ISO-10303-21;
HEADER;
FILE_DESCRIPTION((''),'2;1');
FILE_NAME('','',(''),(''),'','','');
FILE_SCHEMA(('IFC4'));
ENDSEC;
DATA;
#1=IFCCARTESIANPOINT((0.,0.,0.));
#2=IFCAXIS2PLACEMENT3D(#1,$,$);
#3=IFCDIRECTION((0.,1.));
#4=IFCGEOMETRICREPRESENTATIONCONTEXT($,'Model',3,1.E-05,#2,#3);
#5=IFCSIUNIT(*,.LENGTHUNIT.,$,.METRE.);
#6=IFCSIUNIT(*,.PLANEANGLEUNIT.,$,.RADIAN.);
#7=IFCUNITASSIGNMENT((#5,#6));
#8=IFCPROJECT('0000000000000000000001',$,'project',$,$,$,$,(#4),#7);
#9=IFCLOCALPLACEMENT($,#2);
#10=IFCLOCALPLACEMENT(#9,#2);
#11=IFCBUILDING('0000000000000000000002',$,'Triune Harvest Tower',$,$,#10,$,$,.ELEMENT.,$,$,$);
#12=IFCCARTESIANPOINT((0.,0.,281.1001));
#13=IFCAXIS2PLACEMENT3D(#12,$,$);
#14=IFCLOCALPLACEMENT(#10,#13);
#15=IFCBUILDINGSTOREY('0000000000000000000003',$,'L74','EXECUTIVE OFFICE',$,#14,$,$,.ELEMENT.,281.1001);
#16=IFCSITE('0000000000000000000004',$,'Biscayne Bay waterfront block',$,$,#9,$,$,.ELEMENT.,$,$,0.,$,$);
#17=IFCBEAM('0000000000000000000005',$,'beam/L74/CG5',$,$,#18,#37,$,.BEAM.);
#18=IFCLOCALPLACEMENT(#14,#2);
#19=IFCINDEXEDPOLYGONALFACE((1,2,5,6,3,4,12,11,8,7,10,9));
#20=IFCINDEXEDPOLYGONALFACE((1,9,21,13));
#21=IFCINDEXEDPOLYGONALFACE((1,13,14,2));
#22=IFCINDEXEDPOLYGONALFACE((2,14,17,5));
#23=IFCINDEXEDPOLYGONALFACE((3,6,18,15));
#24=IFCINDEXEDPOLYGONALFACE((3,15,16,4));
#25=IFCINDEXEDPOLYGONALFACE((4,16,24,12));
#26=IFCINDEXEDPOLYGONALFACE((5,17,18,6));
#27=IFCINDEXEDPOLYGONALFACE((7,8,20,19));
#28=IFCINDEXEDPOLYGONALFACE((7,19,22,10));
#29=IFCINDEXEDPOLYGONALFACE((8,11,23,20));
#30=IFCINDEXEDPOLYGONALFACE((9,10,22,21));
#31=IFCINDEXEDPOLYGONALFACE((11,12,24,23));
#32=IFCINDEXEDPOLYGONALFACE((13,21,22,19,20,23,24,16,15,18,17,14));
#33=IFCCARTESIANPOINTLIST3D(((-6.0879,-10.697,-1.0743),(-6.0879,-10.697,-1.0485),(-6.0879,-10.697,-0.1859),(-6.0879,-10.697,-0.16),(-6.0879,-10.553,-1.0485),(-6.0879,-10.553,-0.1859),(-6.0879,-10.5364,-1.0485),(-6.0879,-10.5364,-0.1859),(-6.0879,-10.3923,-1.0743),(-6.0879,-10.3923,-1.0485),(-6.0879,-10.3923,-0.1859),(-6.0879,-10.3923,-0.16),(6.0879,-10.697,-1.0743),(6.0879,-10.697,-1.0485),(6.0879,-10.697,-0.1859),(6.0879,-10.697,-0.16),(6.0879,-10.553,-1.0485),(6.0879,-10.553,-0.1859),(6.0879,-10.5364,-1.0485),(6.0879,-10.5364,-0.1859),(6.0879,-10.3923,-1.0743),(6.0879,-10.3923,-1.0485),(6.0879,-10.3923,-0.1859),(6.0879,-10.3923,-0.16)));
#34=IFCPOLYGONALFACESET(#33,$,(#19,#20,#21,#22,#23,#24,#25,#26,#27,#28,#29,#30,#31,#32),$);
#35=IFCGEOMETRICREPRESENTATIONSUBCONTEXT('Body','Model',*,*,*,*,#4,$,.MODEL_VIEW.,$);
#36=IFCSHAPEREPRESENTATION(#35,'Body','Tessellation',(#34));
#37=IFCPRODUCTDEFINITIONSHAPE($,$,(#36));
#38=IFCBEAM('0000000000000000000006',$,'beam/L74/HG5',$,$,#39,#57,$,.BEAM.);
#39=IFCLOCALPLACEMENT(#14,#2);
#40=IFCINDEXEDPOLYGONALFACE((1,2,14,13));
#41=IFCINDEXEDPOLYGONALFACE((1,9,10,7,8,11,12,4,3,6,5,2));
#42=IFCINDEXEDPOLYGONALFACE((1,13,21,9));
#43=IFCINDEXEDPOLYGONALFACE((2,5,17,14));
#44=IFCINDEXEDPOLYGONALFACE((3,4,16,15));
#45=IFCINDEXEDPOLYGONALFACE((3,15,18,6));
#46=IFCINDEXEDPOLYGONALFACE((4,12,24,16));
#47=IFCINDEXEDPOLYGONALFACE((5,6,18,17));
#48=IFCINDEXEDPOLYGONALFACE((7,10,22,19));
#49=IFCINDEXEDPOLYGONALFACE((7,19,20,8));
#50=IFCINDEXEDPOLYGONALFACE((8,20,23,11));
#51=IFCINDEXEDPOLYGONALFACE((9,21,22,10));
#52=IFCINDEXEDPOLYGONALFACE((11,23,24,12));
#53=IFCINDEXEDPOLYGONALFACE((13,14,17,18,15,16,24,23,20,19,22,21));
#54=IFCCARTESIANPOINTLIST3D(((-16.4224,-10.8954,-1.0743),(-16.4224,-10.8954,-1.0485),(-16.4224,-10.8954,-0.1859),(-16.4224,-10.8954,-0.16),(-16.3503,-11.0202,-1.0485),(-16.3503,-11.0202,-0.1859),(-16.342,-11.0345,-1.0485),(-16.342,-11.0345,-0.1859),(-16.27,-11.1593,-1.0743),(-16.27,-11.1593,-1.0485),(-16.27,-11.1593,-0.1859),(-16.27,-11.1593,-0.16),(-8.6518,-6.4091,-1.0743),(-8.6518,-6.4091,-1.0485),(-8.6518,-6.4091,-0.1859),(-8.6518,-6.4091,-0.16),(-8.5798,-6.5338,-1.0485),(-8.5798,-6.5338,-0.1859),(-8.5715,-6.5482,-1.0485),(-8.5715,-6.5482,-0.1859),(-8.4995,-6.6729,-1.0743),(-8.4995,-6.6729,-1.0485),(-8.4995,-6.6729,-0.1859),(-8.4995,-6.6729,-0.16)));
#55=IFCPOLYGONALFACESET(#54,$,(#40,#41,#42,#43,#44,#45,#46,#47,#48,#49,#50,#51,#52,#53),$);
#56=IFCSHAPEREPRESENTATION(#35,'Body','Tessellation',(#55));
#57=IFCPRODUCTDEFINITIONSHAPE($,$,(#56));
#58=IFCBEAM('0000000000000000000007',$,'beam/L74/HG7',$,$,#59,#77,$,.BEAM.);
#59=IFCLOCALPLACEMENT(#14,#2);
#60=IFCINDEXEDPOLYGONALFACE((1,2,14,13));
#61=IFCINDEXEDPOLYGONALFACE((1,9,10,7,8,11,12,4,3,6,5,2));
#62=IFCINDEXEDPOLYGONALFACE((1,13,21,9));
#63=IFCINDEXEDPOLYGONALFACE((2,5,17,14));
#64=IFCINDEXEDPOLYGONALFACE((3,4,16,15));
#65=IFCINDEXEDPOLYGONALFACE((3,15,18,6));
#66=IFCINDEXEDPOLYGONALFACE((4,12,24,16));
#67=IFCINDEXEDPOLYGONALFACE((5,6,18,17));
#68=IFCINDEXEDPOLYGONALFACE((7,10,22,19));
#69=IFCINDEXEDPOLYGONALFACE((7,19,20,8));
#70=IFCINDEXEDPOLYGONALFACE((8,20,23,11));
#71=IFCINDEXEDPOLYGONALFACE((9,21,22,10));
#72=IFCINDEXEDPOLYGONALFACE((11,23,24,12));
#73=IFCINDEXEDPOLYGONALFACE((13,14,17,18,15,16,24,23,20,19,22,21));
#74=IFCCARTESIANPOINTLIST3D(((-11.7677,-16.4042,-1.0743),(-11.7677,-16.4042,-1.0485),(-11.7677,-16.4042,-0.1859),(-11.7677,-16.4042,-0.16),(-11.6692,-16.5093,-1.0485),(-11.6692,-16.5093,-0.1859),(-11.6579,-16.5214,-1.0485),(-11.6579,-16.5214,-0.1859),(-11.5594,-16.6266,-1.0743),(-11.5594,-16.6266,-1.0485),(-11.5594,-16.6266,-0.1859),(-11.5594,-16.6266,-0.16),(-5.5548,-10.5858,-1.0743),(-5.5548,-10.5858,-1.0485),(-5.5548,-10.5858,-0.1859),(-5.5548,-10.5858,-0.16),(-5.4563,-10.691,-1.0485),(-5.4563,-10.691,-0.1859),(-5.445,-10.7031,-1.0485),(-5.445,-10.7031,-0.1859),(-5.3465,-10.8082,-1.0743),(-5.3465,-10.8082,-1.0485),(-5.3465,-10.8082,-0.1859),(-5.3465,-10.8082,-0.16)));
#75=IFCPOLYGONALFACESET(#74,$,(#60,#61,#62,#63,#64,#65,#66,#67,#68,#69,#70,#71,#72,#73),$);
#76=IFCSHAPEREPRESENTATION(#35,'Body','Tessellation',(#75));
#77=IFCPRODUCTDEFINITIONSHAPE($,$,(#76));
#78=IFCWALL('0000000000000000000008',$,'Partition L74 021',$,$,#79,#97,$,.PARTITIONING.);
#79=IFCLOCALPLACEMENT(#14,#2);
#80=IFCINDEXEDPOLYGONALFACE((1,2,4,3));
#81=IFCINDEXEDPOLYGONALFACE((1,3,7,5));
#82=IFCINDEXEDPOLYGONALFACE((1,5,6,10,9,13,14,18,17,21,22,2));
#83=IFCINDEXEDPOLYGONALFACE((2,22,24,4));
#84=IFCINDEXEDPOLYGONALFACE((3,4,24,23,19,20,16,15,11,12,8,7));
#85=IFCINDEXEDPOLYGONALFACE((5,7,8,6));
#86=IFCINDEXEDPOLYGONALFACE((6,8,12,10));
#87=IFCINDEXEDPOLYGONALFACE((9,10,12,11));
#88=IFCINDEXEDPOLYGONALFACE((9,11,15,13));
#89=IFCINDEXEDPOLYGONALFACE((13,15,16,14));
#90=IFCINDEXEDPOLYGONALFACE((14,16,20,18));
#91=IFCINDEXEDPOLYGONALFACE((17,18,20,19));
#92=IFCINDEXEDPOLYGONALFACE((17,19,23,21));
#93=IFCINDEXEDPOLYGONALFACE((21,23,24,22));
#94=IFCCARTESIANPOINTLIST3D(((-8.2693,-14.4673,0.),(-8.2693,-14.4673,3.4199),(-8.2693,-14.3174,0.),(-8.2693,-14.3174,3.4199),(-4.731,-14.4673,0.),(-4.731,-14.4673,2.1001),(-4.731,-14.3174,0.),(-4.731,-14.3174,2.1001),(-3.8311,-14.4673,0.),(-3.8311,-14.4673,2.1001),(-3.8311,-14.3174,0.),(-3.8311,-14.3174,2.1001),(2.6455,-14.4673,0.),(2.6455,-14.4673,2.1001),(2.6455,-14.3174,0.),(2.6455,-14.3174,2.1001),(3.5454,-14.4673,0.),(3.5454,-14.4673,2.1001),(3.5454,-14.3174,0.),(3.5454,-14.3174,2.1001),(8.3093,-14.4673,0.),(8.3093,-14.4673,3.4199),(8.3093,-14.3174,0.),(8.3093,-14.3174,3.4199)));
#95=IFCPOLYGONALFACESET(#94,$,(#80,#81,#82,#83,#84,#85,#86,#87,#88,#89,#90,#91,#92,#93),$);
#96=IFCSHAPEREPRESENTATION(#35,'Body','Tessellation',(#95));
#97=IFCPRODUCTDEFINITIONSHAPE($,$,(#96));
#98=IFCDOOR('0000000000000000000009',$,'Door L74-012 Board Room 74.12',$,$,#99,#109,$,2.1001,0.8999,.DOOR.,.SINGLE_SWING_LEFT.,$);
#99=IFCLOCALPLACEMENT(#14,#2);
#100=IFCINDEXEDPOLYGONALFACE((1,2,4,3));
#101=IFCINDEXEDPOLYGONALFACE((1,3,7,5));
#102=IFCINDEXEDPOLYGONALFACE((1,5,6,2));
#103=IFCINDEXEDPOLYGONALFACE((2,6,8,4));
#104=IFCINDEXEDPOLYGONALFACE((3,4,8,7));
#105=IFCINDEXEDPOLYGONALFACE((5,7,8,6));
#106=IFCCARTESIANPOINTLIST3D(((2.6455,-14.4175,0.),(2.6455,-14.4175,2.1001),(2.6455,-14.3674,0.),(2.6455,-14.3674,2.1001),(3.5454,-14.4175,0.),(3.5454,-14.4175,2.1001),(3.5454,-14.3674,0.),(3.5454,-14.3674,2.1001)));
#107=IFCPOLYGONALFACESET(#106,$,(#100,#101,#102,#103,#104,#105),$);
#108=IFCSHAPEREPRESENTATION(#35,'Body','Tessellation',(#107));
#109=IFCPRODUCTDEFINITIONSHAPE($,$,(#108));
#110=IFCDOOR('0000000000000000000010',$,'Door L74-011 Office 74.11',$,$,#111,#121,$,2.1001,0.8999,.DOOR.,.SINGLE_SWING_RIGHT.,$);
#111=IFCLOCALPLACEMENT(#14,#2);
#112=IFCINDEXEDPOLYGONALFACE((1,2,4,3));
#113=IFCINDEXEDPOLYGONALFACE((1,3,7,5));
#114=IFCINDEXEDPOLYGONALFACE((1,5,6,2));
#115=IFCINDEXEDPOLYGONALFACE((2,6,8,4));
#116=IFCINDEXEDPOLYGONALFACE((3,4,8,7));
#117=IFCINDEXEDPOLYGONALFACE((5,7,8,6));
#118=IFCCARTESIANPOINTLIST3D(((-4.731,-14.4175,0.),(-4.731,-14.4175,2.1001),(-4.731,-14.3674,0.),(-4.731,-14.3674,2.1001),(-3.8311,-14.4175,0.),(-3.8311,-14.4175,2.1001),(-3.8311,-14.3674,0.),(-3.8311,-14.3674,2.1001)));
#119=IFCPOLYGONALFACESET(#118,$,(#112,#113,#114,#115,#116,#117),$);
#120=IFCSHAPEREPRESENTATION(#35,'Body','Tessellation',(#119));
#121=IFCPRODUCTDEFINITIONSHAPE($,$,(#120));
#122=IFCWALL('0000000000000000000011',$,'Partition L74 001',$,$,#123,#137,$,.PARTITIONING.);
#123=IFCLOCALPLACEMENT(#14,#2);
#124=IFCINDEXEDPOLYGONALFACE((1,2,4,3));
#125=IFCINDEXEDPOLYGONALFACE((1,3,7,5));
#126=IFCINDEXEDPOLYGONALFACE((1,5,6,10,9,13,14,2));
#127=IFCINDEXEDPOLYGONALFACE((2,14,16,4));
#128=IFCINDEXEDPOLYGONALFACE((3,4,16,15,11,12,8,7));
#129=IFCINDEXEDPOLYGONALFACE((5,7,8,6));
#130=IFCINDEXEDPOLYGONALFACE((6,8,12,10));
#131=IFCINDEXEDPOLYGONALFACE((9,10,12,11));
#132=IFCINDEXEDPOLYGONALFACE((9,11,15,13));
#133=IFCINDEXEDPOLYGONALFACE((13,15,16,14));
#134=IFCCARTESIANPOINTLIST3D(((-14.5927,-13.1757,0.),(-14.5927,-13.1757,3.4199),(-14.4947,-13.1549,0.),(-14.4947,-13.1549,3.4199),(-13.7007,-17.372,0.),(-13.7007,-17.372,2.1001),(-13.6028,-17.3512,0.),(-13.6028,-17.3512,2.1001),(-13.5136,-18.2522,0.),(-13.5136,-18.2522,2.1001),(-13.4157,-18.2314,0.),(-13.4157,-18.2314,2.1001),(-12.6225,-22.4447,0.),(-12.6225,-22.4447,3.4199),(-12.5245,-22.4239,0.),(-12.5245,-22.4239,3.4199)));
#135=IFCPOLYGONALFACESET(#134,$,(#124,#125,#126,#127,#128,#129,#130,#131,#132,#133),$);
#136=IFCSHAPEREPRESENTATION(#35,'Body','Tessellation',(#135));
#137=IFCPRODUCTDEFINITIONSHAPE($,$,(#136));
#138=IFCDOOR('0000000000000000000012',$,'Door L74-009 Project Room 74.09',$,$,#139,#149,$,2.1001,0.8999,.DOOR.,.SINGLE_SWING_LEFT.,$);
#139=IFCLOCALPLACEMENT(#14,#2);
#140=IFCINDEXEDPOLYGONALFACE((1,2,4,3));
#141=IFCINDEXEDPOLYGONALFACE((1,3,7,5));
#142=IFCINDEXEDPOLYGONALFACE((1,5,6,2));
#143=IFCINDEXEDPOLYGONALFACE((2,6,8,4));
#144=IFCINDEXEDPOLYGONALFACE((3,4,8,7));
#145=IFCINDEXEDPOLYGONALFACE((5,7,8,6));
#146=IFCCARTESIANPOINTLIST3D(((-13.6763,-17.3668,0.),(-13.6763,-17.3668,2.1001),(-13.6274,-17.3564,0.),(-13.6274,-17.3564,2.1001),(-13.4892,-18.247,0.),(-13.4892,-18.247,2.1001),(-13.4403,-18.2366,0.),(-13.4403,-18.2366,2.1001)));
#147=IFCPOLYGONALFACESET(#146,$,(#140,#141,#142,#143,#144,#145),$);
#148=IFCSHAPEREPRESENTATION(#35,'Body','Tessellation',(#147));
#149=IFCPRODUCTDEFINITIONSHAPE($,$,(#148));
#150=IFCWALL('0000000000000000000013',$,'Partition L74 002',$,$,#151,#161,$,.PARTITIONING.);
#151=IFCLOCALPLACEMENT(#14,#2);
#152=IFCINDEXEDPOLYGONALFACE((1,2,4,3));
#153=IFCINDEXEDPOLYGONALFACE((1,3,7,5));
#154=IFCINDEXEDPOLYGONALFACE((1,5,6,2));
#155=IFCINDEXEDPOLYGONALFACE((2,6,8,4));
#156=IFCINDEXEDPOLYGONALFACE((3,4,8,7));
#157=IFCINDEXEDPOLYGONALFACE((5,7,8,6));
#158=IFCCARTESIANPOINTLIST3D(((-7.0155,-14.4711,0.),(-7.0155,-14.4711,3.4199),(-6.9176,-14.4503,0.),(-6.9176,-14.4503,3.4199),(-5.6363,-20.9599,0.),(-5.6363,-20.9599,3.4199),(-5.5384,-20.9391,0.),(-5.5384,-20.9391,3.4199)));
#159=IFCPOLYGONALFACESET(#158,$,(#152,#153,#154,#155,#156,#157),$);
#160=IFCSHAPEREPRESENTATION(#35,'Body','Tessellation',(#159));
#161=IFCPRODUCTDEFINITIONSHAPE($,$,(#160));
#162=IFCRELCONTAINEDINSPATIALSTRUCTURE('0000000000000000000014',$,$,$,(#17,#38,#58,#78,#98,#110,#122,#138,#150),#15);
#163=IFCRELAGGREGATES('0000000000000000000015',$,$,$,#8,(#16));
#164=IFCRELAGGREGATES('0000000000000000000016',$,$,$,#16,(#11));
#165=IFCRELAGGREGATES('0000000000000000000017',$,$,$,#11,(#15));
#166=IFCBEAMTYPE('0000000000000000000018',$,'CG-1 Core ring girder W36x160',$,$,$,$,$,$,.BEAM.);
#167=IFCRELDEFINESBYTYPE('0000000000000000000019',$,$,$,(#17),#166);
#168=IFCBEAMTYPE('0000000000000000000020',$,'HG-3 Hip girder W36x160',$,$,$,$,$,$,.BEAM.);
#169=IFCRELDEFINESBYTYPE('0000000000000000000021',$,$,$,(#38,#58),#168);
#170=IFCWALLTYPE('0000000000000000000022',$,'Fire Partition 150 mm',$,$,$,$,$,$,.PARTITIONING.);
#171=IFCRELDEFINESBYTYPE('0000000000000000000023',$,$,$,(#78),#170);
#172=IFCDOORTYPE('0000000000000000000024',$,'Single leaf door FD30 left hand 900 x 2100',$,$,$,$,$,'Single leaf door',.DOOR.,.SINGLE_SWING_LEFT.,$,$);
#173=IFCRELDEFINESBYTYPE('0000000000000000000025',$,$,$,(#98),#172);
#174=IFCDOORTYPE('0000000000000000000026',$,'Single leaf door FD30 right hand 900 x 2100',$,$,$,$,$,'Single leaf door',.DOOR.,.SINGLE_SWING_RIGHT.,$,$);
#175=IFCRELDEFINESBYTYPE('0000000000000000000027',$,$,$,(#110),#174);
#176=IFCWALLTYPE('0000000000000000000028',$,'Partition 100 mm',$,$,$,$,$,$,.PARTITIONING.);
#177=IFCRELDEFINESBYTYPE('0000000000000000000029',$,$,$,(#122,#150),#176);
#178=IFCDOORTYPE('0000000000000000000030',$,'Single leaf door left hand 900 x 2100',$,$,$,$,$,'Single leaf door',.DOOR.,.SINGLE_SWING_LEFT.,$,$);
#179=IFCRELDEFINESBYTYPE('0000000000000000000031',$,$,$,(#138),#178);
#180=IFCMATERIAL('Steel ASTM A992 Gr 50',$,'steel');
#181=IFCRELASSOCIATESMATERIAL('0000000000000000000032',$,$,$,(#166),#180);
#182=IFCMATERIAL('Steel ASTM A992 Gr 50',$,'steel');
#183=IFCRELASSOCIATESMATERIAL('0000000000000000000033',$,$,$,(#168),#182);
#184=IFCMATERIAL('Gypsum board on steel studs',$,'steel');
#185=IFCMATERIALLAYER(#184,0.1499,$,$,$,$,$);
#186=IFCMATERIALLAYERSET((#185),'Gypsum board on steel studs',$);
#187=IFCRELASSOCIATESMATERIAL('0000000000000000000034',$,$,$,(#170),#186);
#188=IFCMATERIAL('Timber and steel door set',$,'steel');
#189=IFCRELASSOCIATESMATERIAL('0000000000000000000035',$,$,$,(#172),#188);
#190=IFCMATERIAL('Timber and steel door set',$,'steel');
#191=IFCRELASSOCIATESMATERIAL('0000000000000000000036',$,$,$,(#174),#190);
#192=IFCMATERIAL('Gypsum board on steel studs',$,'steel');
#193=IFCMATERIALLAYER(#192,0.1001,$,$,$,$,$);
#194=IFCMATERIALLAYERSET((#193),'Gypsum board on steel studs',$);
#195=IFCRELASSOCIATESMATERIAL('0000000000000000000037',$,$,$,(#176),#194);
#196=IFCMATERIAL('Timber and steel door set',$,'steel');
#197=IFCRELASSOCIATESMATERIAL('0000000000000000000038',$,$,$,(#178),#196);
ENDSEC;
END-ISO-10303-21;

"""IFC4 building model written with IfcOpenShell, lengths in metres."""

from ifc_helpers import new_model, si_unit, direction, frame, frame_2d, origin, origin_2d, place, context, subcontext, project, spatial, rectangle, i_section, extrude, source, transform, mapped, material, layer, layer_set, material_profile, profile_set, type_object, element, fill, save


model = new_model("IFC4")

# Units and contexts
model_context = context("Model", 3, precision=1e-05, world=origin(), true_north=direction((0.0, 1.0)))
body_context = subcontext(model_context, "Body", "Model", "MODEL_VIEW")
ifc_project = project(units=[si_unit("LENGTHUNIT", "METRE"), si_unit("PLANEANGLEUNIT", "RADIAN")], contexts=[model_context])

# Site, building, storey
site_placement = place(None, origin())
site = spatial("IfcSite", under=ifc_project, at=site_placement, Name="Biscayne Bay waterfront block", CompositionType="ELEMENT", RefElevation=0.0)
building_placement = place(site_placement, origin())
building = spatial("IfcBuilding", under=site, at=building_placement, Name="Triune Harvest Tower", CompositionType="ELEMENT")
storey_placement = place(building_placement, frame((0.0, 0.0, 281.1001)))
storey = spatial("IfcBuildingStorey", under=building, at=storey_placement, Name="L74", Description="EXECUTIVE OFFICE", CompositionType="ELEMENT", Elevation=281.1001)

# Beams
ifc_material_1 = material(Name="Steel ASTM A992 Gr 50", Category="steel")
ifc_material_profile_1 = material_profile(ifc_material_1, i_section(OverallWidth=0.3047, OverallDepth=0.9143, WebThickness=0.0166, FlangeThickness=0.0259, at=origin_2d()), Name="W36x160")
ifc_profile_set_1 = profile_set([ifc_material_profile_1], Name="Steel ASTM A992 Gr 50")
beam_type_1 = type_object("IfcBeamType", Name="CG-1 Core ring girder W36x160", PredefinedType="BEAM", material=ifc_profile_set_1)
shared_shape_1 = source(origin(), body_context, "Body", "SweptSolid", [
    extrude(i_section(OverallWidth=0.3047, OverallDepth=0.9143, WebThickness=0.0166, FlangeThickness=0.0259, at=origin_2d()), origin(), (0.0, 0.0, 1.0), 12.1758),
])
beam_1_placement = place(storey_placement, frame((-6.0879, -10.5447, -0.6172), z_axis=(1.0, 0.0, 0.0), x_axis=(0.0, 1.0, 0.0)))
element("IfcBeam", 1, at=beam_1_placement, inside=storey, type_object=beam_type_1, Name="beam/L74/CG5", PredefinedType="BEAM", context=body_context, shape_type="MappedRepresentation", body=[
    mapped(shared_shape_1, transform((0.0, 0.0, 0.0), scale=1.0)),
])
ifc_material_2 = material(Name="Steel ASTM A992 Gr 50", Category="steel")
ifc_material_profile_2 = material_profile(ifc_material_2, i_section(OverallWidth=0.3047, OverallDepth=0.9143, WebThickness=0.0166, FlangeThickness=0.0259, at=origin_2d()), Name="W36x160")
ifc_profile_set_2 = profile_set([ifc_material_profile_2], Name="Steel ASTM A992 Gr 50")
beam_type_2 = type_object("IfcBeamType", Name="HG-3 Hip girder W36x160", PredefinedType="BEAM", material=ifc_profile_set_2)
shared_shape_2 = source(origin(), body_context, "Body", "SweptSolid", [
    extrude(i_section(OverallWidth=0.3047, OverallDepth=0.9143, WebThickness=0.0166, FlangeThickness=0.0259, at=origin_2d()), origin(), (0.0, 0.0, 1.0), 8.9727),
])
beam_2_placement = place(storey_placement, frame((-16.3462, -11.0273, -0.6172), z_axis=(0.866024, 0.500002, 0.0), x_axis=(-0.500002, 0.866024, 0.0)))
element("IfcBeam", 2, at=beam_2_placement, inside=storey, type_object=beam_type_2, Name="beam/L74/HG5", PredefinedType="BEAM", context=body_context, shape_type="MappedRepresentation", body=[
    mapped(shared_shape_2, transform((0.0, 0.0, 0.0), scale=1.0)),
])
shared_shape_3 = source(origin(), body_context, "Body", "SweptSolid", [
    extrude(i_section(OverallWidth=0.3047, OverallDepth=0.9143, WebThickness=0.0166, FlangeThickness=0.0259, at=origin_2d()), origin(), (0.0, 0.0, 1.0), 8.512),
])
beam_3_placement = place(storey_placement, frame((-11.6636, -16.5154, -0.6172), z_axis=(0.729902, 0.683552, 0.0), x_axis=(-0.683552, 0.729902, 0.0)))
element("IfcBeam", 3, at=beam_3_placement, inside=storey, type_object=beam_type_2, Name="beam/L74/HG7", PredefinedType="BEAM", context=body_context, shape_type="MappedRepresentation", body=[
    mapped(shared_shape_3, transform((0.0, 0.0, 0.0), scale=1.0)),
])

# Wall, openings, doors
ifc_material_3 = material(Name="Gypsum board on steel studs", Category="steel")
ifc_layer_1 = layer(ifc_material_3, 0.1499)
ifc_layer_set_1 = layer_set([ifc_layer_1], Name="Gypsum board on steel studs")
wall_type_1 = type_object("IfcWallType", Name="Fire Partition 150 mm", PredefinedType="PARTITIONING", material=ifc_layer_set_1)
wall_1_placement = place(storey_placement, frame((-8.2693, -14.3923, 0.0), z_axis=(0.0, 0.0, 1.0), x_axis=(1.0, 0.0, 0.0)))
wall_1 = element("IfcWall", 4, at=wall_1_placement, inside=storey, type_object=wall_type_1, Name="Partition L74 021", PredefinedType="PARTITIONING", context=body_context, shape_type="SweptSolid", body=[
    extrude(rectangle(XDim=16.5786, YDim=0.1499, at=frame_2d((8.2893, 0.0))), origin(), (0.0, 0.0, 1.0), 3.4199),
])
opening_1_placement = place(wall_1_placement, frame((3.5383, 0.0, 0.0)))
opening_1 = element("IfcOpeningElement", 5, at=opening_1_placement, cuts=wall_1, PredefinedType="OPENING", context=body_context, shape_type="SweptSolid", body=[
    extrude(rectangle(XDim=0.8999, YDim=2.1001, at=frame_2d((0.45, 1.05))), frame((0.0, 0.085, 0.0), z_axis=(0.0, -1.0, 0.0), x_axis=(1.0, 0.0, 0.0)), (0.0, 0.0, 1.0), 0.1699),
])
opening_2_placement = place(wall_1_placement, frame((10.9148, 0.0, 0.0)))
opening_2 = element("IfcOpeningElement", 6, at=opening_2_placement, cuts=wall_1, PredefinedType="OPENING", context=body_context, shape_type="SweptSolid", body=[
    extrude(rectangle(XDim=0.8999, YDim=2.1001, at=frame_2d((0.45, 1.05))), frame((0.0, 0.085, 0.0), z_axis=(0.0, -1.0, 0.0), x_axis=(1.0, 0.0, 0.0)), (0.0, 0.0, 1.0), 0.1699),
])
ifc_material_4 = material(Name="Timber and steel door set", Category="steel")
door_type_1 = type_object("IfcDoorType", Name="Single leaf door FD30 left hand 900 x 2100", ElementType="Single leaf door", OperationType="SINGLE_SWING_LEFT", PredefinedType="DOOR", material=ifc_material_4)
door_1_placement = place(opening_2_placement, origin())
door_1 = element("IfcDoor", 7, at=door_1_placement, inside=storey, type_object=door_type_1, Name="Door L74-012 Board Room 74.12", OperationType="SINGLE_SWING_LEFT", OverallHeight=2.1001, OverallWidth=0.8999, PredefinedType="DOOR", context=body_context, shape_type="SweptSolid", body=[
    extrude(rectangle(XDim=0.8999, YDim=2.1001, at=frame_2d((0.45, 1.05))), frame((0.0, 0.0249, 0.0), z_axis=(0.0, -1.0, 0.0), x_axis=(1.0, 0.0, 0.0)), (0.0, 0.0, 1.0), 0.05),
])
fill(opening_2, door_1)
ifc_material_5 = material(Name="Timber and steel door set", Category="steel")
door_type_2 = type_object("IfcDoorType", Name="Single leaf door FD30 right hand 900 x 2100", ElementType="Single leaf door", OperationType="SINGLE_SWING_RIGHT", PredefinedType="DOOR", material=ifc_material_5)
door_2_placement = place(opening_1_placement, origin())
door_2 = element("IfcDoor", 8, at=door_2_placement, inside=storey, type_object=door_type_2, Name="Door L74-011 Office 74.11", OperationType="SINGLE_SWING_RIGHT", OverallHeight=2.1001, OverallWidth=0.8999, PredefinedType="DOOR", context=body_context, shape_type="SweptSolid", body=[
    extrude(rectangle(XDim=0.8999, YDim=2.1001, at=frame_2d((0.45, 1.05))), frame((0.0, 0.0249, 0.0), z_axis=(0.0, -1.0, 0.0), x_axis=(1.0, 0.0, 0.0)), (0.0, 0.0, 1.0), 0.05),
])
fill(opening_1, door_2)

# Wall, opening, door
ifc_material_6 = material(Name="Gypsum board on steel studs", Category="steel")
ifc_layer_2 = layer(ifc_material_6, 0.1001)
ifc_layer_set_2 = layer_set([ifc_layer_2], Name="Gypsum board on steel studs")
wall_type_2 = type_object("IfcWallType", Name="Partition 100 mm", PredefinedType="PARTITIONING", material=ifc_layer_set_2)
wall_2_placement = place(storey_placement, frame((-14.5437, -13.1653, 0.0), z_axis=(0.0, 0.0, 1.0), x_axis=(0.207914, -0.978147, 0.0)))
wall_2 = element("IfcWall", 9, at=wall_2_placement, inside=storey, type_object=wall_type_2, Name="Partition L74 001", PredefinedType="PARTITIONING", context=body_context, shape_type="SweptSolid", body=[
    extrude(rectangle(XDim=9.4761, YDim=0.1001, at=frame_2d((4.738, 0.0))), origin(), (0.0, 0.0, 1.0), 3.4199),
])
opening_3_placement = place(wall_2_placement, frame((4.29, 0.0, 0.0)))
opening_3 = element("IfcOpeningElement", 10, at=opening_3_placement, cuts=wall_2, PredefinedType="OPENING", context=body_context, shape_type="SweptSolid", body=[
    extrude(rectangle(XDim=0.8999, YDim=2.1001, at=frame_2d((0.45, 1.05))), frame((0.0, 0.0601, 0.0), z_axis=(0.0, -1.0, 0.0), x_axis=(1.0, 0.0, 0.0)), (0.0, 0.0, 1.0), 0.1201),
])
ifc_material_7 = material(Name="Timber and steel door set", Category="steel")
door_type_3 = type_object("IfcDoorType", Name="Single leaf door left hand 900 x 2100", ElementType="Single leaf door", OperationType="SINGLE_SWING_LEFT", PredefinedType="DOOR", material=ifc_material_7)
door_3_placement = place(opening_3_placement, origin())
door_3 = element("IfcDoor", 11, at=door_3_placement, inside=storey, type_object=door_type_3, Name="Door L74-009 Project Room 74.09", OperationType="SINGLE_SWING_LEFT", OverallHeight=2.1001, OverallWidth=0.8999, PredefinedType="DOOR", context=body_context, shape_type="SweptSolid", body=[
    extrude(rectangle(XDim=0.8999, YDim=2.1001, at=frame_2d((0.45, 1.05))), frame((0.0, 0.0249, 0.0), z_axis=(0.0, -1.0, 0.0), x_axis=(1.0, 0.0, 0.0)), (0.0, 0.0, 1.0), 0.05),
])
fill(opening_3, door_3)

# Wall
wall_3_placement = place(storey_placement, frame((-6.9666, -14.4607, 0.0), z_axis=(0.0, 0.0, 1.0), x_axis=(0.2079, -0.97815, 0.0)))
element("IfcWall", 12, at=wall_3_placement, inside=storey, type_object=wall_type_2, Name="Partition L74 002", PredefinedType="PARTITIONING", context=body_context, shape_type="SweptSolid", body=[
    extrude(rectangle(XDim=6.6338, YDim=0.1001, at=frame_2d((3.3169, 0.0))), origin(), (0.0, 0.0, 1.0), 3.4199),
])

save(model, "model.ifc")
